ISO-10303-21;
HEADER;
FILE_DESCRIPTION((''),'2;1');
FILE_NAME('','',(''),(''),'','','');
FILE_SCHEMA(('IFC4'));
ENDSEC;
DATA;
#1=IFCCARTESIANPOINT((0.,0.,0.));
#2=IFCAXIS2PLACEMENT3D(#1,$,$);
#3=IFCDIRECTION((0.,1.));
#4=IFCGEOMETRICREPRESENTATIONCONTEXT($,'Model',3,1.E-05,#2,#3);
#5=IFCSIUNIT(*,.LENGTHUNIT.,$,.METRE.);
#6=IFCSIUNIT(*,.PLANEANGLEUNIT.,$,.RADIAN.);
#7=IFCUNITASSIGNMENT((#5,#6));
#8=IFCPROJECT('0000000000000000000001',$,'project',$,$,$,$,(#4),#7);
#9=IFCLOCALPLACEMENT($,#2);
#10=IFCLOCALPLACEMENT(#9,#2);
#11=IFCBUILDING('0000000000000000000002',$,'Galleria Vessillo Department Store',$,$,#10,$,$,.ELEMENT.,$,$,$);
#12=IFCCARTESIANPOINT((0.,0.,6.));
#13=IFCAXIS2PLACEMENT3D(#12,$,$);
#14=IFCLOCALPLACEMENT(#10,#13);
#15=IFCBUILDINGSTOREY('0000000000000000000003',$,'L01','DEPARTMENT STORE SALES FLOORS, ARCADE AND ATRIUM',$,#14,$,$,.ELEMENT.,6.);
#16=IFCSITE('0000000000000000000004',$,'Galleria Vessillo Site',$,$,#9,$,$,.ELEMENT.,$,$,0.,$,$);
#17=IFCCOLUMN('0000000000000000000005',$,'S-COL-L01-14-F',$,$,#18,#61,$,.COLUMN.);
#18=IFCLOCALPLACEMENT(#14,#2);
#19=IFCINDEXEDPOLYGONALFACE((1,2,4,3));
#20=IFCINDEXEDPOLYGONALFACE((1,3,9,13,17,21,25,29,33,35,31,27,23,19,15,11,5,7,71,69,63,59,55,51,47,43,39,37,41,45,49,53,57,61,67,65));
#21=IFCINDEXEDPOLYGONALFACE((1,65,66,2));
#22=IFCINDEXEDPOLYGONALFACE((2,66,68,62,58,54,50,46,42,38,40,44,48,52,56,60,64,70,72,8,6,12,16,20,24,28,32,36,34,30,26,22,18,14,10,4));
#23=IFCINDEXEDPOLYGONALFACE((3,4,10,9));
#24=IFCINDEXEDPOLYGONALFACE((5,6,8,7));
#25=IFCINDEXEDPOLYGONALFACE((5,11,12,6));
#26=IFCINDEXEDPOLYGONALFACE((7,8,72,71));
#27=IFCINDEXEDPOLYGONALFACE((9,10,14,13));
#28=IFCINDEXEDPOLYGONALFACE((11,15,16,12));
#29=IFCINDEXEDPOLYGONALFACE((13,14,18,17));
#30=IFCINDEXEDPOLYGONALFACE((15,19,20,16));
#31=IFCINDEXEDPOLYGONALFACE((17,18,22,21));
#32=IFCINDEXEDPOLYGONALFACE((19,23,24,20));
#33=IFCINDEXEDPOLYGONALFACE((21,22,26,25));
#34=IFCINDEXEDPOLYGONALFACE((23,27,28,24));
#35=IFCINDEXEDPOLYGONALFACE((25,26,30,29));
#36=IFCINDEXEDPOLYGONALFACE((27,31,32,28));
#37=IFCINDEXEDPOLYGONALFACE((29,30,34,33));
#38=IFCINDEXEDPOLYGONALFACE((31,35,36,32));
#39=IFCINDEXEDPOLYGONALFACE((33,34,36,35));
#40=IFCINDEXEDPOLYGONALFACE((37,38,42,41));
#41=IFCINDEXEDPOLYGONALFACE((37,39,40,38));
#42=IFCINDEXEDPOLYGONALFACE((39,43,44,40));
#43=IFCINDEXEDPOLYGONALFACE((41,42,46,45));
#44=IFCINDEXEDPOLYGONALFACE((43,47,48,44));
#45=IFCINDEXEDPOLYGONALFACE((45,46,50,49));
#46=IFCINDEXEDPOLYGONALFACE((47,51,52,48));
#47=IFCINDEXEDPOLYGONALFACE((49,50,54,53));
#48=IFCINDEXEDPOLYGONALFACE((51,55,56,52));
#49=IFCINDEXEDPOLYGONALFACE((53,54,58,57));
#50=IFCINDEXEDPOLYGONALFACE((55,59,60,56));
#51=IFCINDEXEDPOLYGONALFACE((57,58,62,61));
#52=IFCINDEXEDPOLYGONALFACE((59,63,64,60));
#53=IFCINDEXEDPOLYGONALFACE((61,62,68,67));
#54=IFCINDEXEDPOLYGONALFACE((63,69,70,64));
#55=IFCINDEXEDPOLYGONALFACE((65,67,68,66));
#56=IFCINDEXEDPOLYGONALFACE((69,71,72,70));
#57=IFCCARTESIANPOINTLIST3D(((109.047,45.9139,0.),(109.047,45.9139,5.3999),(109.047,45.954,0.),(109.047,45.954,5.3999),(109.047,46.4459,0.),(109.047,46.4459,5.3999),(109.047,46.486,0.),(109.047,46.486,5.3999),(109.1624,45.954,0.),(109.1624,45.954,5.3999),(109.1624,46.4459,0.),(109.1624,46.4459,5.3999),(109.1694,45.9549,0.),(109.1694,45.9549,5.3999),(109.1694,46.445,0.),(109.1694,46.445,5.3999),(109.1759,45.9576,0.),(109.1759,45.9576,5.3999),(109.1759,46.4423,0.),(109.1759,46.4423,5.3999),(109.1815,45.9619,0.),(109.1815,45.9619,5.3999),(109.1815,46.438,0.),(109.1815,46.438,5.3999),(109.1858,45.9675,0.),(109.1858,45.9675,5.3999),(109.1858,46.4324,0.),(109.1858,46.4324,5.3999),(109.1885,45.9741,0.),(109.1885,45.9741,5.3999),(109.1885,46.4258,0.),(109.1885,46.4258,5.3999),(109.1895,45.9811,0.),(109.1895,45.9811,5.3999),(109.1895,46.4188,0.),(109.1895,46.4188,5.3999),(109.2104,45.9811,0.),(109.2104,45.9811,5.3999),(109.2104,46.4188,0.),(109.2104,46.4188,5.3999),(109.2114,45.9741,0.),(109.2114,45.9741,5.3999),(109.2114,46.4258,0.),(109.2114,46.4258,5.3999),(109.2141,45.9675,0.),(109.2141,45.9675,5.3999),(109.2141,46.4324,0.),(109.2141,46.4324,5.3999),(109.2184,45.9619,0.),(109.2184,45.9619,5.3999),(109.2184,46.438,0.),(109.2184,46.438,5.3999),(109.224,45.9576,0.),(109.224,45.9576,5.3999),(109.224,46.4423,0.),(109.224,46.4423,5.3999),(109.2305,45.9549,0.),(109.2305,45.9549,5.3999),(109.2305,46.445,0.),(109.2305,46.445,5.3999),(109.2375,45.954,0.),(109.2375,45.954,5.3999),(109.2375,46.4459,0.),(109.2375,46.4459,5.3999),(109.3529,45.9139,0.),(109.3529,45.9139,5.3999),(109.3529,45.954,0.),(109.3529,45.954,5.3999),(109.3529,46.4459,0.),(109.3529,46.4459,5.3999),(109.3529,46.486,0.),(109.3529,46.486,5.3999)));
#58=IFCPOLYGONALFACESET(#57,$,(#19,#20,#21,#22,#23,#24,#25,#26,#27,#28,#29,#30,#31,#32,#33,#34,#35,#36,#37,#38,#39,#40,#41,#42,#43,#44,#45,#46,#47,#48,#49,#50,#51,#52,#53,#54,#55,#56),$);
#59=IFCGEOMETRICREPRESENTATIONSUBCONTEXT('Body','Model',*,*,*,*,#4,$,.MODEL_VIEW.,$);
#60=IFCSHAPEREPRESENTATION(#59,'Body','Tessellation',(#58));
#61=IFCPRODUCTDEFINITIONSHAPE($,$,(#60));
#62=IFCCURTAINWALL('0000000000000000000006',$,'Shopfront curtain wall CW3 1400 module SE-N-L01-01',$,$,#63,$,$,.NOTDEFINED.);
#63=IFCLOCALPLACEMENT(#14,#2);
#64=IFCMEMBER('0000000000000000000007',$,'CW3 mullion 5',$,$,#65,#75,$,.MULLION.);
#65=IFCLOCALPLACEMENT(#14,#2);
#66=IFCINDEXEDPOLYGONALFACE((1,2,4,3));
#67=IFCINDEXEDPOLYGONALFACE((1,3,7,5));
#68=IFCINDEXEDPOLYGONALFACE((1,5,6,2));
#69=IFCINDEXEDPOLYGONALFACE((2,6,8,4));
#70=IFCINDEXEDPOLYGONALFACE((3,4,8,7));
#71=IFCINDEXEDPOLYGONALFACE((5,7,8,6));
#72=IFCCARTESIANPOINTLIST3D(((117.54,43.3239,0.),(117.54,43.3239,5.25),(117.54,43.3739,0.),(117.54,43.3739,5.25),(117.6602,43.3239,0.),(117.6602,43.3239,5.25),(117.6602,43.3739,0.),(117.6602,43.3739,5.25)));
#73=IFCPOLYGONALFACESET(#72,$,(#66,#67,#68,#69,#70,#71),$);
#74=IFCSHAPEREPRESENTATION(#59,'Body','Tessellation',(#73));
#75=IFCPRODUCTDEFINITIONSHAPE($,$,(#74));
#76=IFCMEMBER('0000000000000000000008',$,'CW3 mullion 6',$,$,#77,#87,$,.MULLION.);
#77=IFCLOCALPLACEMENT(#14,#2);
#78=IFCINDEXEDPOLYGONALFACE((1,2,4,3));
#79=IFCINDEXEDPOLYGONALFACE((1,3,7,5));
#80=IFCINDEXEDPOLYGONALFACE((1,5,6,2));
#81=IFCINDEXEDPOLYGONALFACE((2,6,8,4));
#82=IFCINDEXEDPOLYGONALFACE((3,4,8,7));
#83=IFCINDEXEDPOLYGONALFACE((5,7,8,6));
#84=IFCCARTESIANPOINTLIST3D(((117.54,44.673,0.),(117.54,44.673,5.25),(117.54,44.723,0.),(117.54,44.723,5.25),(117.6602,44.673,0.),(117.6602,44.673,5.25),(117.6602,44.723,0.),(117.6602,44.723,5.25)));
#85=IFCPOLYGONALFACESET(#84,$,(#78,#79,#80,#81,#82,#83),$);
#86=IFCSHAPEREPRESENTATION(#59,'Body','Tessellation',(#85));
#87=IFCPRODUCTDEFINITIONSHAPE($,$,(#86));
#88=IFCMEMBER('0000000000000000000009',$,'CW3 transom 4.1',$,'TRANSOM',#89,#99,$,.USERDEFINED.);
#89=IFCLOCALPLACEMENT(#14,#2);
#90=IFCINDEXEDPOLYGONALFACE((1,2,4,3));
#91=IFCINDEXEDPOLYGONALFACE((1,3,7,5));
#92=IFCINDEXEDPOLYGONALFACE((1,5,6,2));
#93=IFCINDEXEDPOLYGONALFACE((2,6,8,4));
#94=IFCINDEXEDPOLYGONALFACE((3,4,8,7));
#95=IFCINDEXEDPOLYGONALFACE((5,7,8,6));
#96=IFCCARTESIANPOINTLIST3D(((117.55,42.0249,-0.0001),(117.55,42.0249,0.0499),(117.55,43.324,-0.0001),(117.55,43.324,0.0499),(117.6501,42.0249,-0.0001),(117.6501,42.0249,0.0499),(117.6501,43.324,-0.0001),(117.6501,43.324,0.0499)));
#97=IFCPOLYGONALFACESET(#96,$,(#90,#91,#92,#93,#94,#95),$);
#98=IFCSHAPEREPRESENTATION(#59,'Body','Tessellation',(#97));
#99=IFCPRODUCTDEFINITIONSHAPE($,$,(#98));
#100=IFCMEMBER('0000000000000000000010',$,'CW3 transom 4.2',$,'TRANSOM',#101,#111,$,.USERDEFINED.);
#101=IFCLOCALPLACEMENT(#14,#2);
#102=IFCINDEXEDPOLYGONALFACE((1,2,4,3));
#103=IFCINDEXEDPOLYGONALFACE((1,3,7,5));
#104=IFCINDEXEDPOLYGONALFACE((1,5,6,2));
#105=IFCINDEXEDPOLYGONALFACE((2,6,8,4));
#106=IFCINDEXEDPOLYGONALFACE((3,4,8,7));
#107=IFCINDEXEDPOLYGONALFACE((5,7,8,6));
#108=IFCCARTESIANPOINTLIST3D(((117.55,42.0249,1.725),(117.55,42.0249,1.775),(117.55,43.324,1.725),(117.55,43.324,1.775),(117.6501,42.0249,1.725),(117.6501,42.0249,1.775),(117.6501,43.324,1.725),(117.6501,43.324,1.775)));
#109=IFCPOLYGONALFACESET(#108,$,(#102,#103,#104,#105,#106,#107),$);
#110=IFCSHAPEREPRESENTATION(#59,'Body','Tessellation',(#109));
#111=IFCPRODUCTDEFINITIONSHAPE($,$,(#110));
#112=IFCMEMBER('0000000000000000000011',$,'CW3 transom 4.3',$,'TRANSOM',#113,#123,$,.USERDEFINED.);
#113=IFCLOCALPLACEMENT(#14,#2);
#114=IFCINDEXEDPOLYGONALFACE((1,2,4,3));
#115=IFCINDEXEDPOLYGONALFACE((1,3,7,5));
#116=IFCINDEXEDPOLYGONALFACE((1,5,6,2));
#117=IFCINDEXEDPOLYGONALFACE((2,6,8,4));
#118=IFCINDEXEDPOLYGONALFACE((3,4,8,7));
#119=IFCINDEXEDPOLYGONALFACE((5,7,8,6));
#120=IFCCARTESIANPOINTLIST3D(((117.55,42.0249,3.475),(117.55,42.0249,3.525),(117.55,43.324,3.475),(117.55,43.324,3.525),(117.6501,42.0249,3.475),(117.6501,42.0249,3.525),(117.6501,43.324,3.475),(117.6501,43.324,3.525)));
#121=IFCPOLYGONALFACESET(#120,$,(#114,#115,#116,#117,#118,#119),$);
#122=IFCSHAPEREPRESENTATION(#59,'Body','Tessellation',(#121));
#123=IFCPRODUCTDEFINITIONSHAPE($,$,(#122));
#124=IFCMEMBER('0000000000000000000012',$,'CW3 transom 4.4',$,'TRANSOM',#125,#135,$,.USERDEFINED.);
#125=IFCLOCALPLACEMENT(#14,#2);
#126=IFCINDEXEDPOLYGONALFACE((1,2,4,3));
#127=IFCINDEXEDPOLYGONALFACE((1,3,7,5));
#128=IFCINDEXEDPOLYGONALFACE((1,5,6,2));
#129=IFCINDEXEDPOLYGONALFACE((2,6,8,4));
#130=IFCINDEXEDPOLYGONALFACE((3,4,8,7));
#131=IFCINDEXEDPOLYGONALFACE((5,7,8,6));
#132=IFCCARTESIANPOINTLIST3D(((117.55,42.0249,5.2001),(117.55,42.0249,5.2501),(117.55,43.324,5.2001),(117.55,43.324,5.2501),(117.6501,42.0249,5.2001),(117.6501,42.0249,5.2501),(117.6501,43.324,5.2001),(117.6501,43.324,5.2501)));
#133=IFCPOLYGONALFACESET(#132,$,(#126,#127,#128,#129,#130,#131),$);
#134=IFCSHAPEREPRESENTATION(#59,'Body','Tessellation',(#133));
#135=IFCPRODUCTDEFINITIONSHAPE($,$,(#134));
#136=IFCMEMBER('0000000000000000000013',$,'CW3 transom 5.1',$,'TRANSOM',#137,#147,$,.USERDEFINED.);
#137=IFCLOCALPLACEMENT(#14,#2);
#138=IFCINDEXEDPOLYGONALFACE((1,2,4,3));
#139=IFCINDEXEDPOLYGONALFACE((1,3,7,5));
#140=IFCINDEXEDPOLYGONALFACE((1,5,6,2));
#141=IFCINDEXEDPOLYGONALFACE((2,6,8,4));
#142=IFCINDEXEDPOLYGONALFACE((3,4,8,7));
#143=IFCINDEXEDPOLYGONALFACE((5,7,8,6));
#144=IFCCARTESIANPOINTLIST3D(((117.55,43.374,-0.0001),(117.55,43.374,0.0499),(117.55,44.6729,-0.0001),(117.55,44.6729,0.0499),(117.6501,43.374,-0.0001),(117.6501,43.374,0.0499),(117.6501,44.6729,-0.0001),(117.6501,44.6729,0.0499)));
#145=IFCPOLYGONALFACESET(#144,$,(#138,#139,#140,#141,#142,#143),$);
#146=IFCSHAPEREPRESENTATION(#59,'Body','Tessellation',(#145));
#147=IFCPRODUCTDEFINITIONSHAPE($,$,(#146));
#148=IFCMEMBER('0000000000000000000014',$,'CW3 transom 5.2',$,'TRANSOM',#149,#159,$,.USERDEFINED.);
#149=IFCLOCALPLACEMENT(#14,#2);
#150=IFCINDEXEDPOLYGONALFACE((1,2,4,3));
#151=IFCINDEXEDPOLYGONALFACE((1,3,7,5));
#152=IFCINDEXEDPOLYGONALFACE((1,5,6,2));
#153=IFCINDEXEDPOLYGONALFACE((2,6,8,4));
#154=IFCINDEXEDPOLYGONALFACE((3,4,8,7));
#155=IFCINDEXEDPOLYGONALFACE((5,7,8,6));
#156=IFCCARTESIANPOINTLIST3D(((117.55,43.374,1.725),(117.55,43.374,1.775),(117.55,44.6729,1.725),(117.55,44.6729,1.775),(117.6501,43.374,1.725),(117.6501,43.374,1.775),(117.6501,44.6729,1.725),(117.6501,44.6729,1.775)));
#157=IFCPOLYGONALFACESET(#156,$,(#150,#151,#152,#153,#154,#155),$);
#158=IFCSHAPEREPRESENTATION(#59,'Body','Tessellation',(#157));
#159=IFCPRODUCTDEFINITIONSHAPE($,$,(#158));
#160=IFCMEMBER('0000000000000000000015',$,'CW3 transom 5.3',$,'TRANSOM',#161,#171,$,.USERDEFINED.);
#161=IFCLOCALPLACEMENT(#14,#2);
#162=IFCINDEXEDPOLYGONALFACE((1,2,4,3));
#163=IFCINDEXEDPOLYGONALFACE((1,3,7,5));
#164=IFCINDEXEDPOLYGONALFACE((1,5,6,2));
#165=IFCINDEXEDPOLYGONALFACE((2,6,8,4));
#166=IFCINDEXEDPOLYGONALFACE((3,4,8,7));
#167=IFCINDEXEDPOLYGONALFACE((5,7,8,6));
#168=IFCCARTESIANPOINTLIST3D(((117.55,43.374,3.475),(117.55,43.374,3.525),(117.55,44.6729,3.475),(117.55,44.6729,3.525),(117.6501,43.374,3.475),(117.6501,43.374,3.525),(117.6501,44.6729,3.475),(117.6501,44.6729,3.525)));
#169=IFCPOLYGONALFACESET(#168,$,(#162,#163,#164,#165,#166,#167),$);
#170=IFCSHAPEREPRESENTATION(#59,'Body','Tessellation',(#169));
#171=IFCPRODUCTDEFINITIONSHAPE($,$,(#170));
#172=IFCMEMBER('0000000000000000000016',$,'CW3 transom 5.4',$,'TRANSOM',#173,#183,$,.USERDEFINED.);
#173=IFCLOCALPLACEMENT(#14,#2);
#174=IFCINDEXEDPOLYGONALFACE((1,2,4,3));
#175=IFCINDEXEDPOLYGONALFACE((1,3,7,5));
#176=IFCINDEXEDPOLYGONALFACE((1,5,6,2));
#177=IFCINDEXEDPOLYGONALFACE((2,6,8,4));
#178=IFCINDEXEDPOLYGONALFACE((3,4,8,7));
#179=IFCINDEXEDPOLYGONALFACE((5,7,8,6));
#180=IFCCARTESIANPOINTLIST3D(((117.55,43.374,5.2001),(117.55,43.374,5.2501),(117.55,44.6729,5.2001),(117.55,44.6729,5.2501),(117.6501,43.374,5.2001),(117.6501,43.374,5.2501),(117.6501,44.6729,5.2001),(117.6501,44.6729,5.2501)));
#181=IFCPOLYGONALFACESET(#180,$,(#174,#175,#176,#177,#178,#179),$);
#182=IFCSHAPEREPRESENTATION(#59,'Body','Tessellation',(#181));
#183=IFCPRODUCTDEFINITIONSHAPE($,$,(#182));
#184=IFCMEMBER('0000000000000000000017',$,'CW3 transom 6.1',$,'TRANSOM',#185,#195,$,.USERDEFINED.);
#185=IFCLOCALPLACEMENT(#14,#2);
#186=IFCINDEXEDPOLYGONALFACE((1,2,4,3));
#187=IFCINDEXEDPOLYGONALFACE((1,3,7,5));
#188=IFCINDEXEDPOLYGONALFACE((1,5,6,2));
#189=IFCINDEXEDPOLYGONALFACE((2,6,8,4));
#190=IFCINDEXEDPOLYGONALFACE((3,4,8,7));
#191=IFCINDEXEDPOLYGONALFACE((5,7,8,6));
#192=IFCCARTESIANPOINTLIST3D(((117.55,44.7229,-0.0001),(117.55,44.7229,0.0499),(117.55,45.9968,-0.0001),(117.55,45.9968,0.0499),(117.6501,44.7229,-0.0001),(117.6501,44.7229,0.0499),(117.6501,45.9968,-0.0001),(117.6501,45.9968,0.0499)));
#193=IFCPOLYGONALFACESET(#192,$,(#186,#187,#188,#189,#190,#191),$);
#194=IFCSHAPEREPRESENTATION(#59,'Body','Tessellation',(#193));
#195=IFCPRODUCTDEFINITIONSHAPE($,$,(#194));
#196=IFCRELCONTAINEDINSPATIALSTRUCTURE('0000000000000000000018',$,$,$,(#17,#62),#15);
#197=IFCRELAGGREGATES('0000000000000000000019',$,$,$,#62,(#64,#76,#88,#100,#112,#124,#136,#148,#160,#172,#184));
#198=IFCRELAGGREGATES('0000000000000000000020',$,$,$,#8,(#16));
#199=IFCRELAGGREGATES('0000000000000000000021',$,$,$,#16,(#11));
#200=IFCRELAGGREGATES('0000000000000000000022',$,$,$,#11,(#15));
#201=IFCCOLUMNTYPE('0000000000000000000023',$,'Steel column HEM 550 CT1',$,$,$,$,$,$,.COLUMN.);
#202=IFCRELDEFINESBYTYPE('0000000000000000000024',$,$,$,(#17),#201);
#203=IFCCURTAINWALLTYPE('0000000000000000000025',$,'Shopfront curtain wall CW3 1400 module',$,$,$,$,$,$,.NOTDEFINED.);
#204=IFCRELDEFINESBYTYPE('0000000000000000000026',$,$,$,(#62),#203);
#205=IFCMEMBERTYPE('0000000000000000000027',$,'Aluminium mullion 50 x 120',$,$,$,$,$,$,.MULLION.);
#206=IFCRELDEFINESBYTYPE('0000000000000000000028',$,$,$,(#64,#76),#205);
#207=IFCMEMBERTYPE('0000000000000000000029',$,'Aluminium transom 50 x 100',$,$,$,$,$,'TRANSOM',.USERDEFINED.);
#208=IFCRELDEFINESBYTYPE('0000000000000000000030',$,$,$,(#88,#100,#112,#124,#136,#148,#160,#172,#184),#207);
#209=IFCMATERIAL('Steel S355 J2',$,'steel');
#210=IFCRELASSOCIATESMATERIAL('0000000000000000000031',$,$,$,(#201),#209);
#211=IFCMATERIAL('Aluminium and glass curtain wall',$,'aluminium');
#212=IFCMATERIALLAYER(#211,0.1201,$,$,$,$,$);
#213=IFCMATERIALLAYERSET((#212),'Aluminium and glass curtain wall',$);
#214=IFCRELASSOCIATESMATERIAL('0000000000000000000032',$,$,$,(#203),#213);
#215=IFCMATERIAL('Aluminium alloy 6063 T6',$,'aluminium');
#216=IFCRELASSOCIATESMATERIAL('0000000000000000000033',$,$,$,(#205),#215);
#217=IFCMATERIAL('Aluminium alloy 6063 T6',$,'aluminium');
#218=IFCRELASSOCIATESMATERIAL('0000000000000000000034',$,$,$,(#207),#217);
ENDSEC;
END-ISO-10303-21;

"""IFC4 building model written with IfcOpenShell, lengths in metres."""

from ifc_helpers import new_model, si_unit, direction, frame, origin, origin_2d, place, context, subcontext, project, spatial, rectangle, i_section, extrude, material, layer, layer_set, material_profile, profile_set, type_object, element, aggregate, save


model = new_model("IFC4")

# Units and contexts
model_context = context("Model", 3, precision=1e-05, world=origin(), true_north=direction((0.0, 1.0)))
body_context = subcontext(model_context, "Body", "Model", "MODEL_VIEW")
ifc_project = project(units=[si_unit("LENGTHUNIT", "METRE"), si_unit("PLANEANGLEUNIT", "RADIAN")], contexts=[model_context])

# Site, building, storey
site_placement = place(None, origin())
site = spatial("IfcSite", under=ifc_project, at=site_placement, Name="Galleria Vessillo Site", CompositionType="ELEMENT", RefElevation=0.0)
building_placement = place(site_placement, origin())
building = spatial("IfcBuilding", under=site, at=building_placement, Name="Galleria Vessillo Department Store", CompositionType="ELEMENT")
storey_placement = place(building_placement, frame((0.0, 0.0, 6.0)))
storey = spatial("IfcBuildingStorey", under=building, at=storey_placement, Name="L01", Description="DEPARTMENT STORE SALES FLOORS, ARCADE AND ATRIUM", CompositionType="ELEMENT", Elevation=6.0)

# Column
ifc_material_1 = material(Name="Steel S355 J2", Category="steel")
ifc_material_profile_1 = material_profile(ifc_material_1, i_section(OverallWidth=0.3059, OverallDepth=0.572, WebThickness=0.021, FlangeThickness=0.04, FilletRadius=0.0271, at=origin_2d()), Name="HEM 550")
ifc_profile_set_1 = profile_set([ifc_material_profile_1], Name="Steel S355 J2")
column_type = type_object("IfcColumnType", Name="Steel column HEM 550 CT1", PredefinedType="COLUMN", material=ifc_profile_set_1)
column_placement = place(storey_placement, frame((109.2, 46.2, 0.0), z_axis=(0.0, 0.0, 1.0), x_axis=(1.0, 0.0, 0.0)))
element("IfcColumn", 1, at=column_placement, inside=storey, type_object=column_type, Name="S-COL-L01-14-F", PredefinedType="COLUMN", context=body_context, shape_type="SweptSolid", body=[
    extrude(i_section(OverallWidth=0.3059, OverallDepth=0.572, WebThickness=0.021, FlangeThickness=0.04, FilletRadius=0.0271, at=origin_2d()), origin(), (0.0, 0.0, 1.0), 5.3999),
])

# Curtain wall, members
ifc_material_2 = material(Name="Aluminium and glass curtain wall", Category="aluminium")
ifc_layer_1 = layer(ifc_material_2, 0.1201)
ifc_layer_set_1 = layer_set([ifc_layer_1], Name="Aluminium and glass curtain wall")
curtain_wall_type = type_object("IfcCurtainWallType", Name="Shopfront curtain wall CW3 1400 module", PredefinedType="NOTDEFINED", material=ifc_layer_set_1)
curtain_wall_placement = place(storey_placement, origin())
curtain_wall = element("IfcCurtainWall", 2, at=curtain_wall_placement, inside=storey, type_object=curtain_wall_type, Name="Shopfront curtain wall CW3 1400 module SE-N-L01-01", PredefinedType="NOTDEFINED")
ifc_material_3 = material(Name="Aluminium alloy 6063 T6", Category="aluminium")
ifc_material_profile_2 = material_profile(ifc_material_3, rectangle(XDim=0.1201, YDim=0.05, at=origin_2d()), Name="AL 50x120")
ifc_profile_set_2 = profile_set([ifc_material_profile_2], Name="Aluminium alloy 6063 T6")
member_type_1 = type_object("IfcMemberType", Name="Aluminium mullion 50 x 120", PredefinedType="MULLION", material=ifc_profile_set_2)
member_1_placement = place(storey_placement, frame((117.6001, 43.3489, 0.0), z_axis=(0.0, 0.0, 1.0), x_axis=(-1.0, 0.0, 0.0)))
member_1 = element("IfcMember", 3, at=member_1_placement, type_object=member_type_1, Name="CW3 mullion 5", PredefinedType="MULLION", context=body_context, shape_type="SweptSolid", body=[
    extrude(rectangle(XDim=0.1201, YDim=0.05, at=origin_2d()), origin(), (0.0, 0.0, 1.0), 5.25),
])
member_2_placement = place(storey_placement, frame((117.6001, 44.698, 0.0), z_axis=(0.0, 0.0, 1.0), x_axis=(-1.0, 0.0, 0.0)))
member_2 = element("IfcMember", 4, at=member_2_placement, type_object=member_type_1, Name="CW3 mullion 6", PredefinedType="MULLION", context=body_context, shape_type="SweptSolid", body=[
    extrude(rectangle(XDim=0.1201, YDim=0.05, at=origin_2d()), origin(), (0.0, 0.0, 1.0), 5.25),
])
ifc_material_4 = material(Name="Aluminium alloy 6063 T6", Category="aluminium")
ifc_material_profile_3 = material_profile(ifc_material_4, rectangle(XDim=0.1001, YDim=0.05, at=origin_2d()), Name="AL 50x100")
ifc_profile_set_3 = profile_set([ifc_material_profile_3], Name="Aluminium alloy 6063 T6")
member_type_2 = type_object("IfcMemberType", Name="Aluminium transom 50 x 100", ElementType="TRANSOM", PredefinedType="USERDEFINED", material=ifc_profile_set_3)
member_3_placement = place(storey_placement, frame((117.6001, 42.0249, 0.0249), z_axis=(0.0, 1.0, 0.0), x_axis=(-1.0, 0.0, 0.0)))
member_3 = element("IfcMember", 5, at=member_3_placement, type_object=member_type_2, Name="CW3 transom 4.1", ObjectType="TRANSOM", PredefinedType="USERDEFINED", context=body_context, shape_type="SweptSolid", body=[
    extrude(rectangle(XDim=0.1001, YDim=0.05, at=origin_2d()), origin(), (0.0, 0.0, 1.0), 1.2991),
])
member_4_placement = place(storey_placement, frame((117.6001, 42.0249, 1.75), z_axis=(0.0, 1.0, 0.0), x_axis=(-1.0, 0.0, 0.0)))
member_4 = element("IfcMember", 6, at=member_4_placement, type_object=member_type_2, Name="CW3 transom 4.2", ObjectType="TRANSOM", PredefinedType="USERDEFINED", context=body_context, shape_type="SweptSolid", body=[
    extrude(rectangle(XDim=0.1001, YDim=0.05, at=origin_2d()), origin(), (0.0, 0.0, 1.0), 1.2991),
])
member_5_placement = place(storey_placement, frame((117.6001, 42.0249, 3.5), z_axis=(0.0, 1.0, 0.0), x_axis=(-1.0, 0.0, 0.0)))
member_5 = element("IfcMember", 7, at=member_5_placement, type_object=member_type_2, Name="CW3 transom 4.3", ObjectType="TRANSOM", PredefinedType="USERDEFINED", context=body_context, shape_type="SweptSolid", body=[
    extrude(rectangle(XDim=0.1001, YDim=0.05, at=origin_2d()), origin(), (0.0, 0.0, 1.0), 1.2991),
])
member_6_placement = place(storey_placement, frame((117.6001, 42.0249, 5.2251), z_axis=(0.0, 1.0, 0.0), x_axis=(-1.0, 0.0, 0.0)))
member_6 = element("IfcMember", 8, at=member_6_placement, type_object=member_type_2, Name="CW3 transom 4.4", ObjectType="TRANSOM", PredefinedType="USERDEFINED", context=body_context, shape_type="SweptSolid", body=[
    extrude(rectangle(XDim=0.1001, YDim=0.05, at=origin_2d()), origin(), (0.0, 0.0, 1.0), 1.2991),
])
member_7_placement = place(storey_placement, frame((117.6001, 43.374, 0.0249), z_axis=(0.0, 1.0, 0.0), x_axis=(-1.0, 0.0, 0.0)))
member_7 = element("IfcMember", 9, at=member_7_placement, type_object=member_type_2, Name="CW3 transom 5.1", ObjectType="TRANSOM", PredefinedType="USERDEFINED", context=body_context, shape_type="SweptSolid", body=[
    extrude(rectangle(XDim=0.1001, YDim=0.05, at=origin_2d()), origin(), (0.0, 0.0, 1.0), 1.2988),
])
member_8_placement = place(storey_placement, frame((117.6001, 43.374, 1.75), z_axis=(0.0, 1.0, 0.0), x_axis=(-1.0, 0.0, 0.0)))
member_8 = element("IfcMember", 10, at=member_8_placement, type_object=member_type_2, Name="CW3 transom 5.2", ObjectType="TRANSOM", PredefinedType="USERDEFINED", context=body_context, shape_type="SweptSolid", body=[
    extrude(rectangle(XDim=0.1001, YDim=0.05, at=origin_2d()), origin(), (0.0, 0.0, 1.0), 1.2988),
])
member_9_placement = place(storey_placement, frame((117.6001, 43.374, 3.5), z_axis=(0.0, 1.0, 0.0), x_axis=(-1.0, 0.0, 0.0)))
member_9 = element("IfcMember", 11, at=member_9_placement, type_object=member_type_2, Name="CW3 transom 5.3", ObjectType="TRANSOM", PredefinedType="USERDEFINED", context=body_context, shape_type="SweptSolid", body=[
    extrude(rectangle(XDim=0.1001, YDim=0.05, at=origin_2d()), origin(), (0.0, 0.0, 1.0), 1.2988),
])
member_10_placement = place(storey_placement, frame((117.6001, 43.374, 5.2251), z_axis=(0.0, 1.0, 0.0), x_axis=(-1.0, 0.0, 0.0)))
member_10 = element("IfcMember", 12, at=member_10_placement, type_object=member_type_2, Name="CW3 transom 5.4", ObjectType="TRANSOM", PredefinedType="USERDEFINED", context=body_context, shape_type="SweptSolid", body=[
    extrude(rectangle(XDim=0.1001, YDim=0.05, at=origin_2d()), origin(), (0.0, 0.0, 1.0), 1.2988),
])
member_11_placement = place(storey_placement, frame((117.6001, 44.7229, 0.0249), z_axis=(0.0, 1.0, 0.0), x_axis=(-1.0, 0.0, 0.0)))
member_11 = element("IfcMember", 13, at=member_11_placement, type_object=member_type_2, Name="CW3 transom 6.1", ObjectType="TRANSOM", PredefinedType="USERDEFINED", context=body_context, shape_type="SweptSolid", body=[
    extrude(rectangle(XDim=0.1001, YDim=0.05, at=origin_2d()), origin(), (0.0, 0.0, 1.0), 1.2739),
])

aggregate(curtain_wall, [member_1, member_2, member_3, member_4, member_5, member_6, member_7, member_8, member_9, member_10, member_11])

save(model, "model.ifc")
